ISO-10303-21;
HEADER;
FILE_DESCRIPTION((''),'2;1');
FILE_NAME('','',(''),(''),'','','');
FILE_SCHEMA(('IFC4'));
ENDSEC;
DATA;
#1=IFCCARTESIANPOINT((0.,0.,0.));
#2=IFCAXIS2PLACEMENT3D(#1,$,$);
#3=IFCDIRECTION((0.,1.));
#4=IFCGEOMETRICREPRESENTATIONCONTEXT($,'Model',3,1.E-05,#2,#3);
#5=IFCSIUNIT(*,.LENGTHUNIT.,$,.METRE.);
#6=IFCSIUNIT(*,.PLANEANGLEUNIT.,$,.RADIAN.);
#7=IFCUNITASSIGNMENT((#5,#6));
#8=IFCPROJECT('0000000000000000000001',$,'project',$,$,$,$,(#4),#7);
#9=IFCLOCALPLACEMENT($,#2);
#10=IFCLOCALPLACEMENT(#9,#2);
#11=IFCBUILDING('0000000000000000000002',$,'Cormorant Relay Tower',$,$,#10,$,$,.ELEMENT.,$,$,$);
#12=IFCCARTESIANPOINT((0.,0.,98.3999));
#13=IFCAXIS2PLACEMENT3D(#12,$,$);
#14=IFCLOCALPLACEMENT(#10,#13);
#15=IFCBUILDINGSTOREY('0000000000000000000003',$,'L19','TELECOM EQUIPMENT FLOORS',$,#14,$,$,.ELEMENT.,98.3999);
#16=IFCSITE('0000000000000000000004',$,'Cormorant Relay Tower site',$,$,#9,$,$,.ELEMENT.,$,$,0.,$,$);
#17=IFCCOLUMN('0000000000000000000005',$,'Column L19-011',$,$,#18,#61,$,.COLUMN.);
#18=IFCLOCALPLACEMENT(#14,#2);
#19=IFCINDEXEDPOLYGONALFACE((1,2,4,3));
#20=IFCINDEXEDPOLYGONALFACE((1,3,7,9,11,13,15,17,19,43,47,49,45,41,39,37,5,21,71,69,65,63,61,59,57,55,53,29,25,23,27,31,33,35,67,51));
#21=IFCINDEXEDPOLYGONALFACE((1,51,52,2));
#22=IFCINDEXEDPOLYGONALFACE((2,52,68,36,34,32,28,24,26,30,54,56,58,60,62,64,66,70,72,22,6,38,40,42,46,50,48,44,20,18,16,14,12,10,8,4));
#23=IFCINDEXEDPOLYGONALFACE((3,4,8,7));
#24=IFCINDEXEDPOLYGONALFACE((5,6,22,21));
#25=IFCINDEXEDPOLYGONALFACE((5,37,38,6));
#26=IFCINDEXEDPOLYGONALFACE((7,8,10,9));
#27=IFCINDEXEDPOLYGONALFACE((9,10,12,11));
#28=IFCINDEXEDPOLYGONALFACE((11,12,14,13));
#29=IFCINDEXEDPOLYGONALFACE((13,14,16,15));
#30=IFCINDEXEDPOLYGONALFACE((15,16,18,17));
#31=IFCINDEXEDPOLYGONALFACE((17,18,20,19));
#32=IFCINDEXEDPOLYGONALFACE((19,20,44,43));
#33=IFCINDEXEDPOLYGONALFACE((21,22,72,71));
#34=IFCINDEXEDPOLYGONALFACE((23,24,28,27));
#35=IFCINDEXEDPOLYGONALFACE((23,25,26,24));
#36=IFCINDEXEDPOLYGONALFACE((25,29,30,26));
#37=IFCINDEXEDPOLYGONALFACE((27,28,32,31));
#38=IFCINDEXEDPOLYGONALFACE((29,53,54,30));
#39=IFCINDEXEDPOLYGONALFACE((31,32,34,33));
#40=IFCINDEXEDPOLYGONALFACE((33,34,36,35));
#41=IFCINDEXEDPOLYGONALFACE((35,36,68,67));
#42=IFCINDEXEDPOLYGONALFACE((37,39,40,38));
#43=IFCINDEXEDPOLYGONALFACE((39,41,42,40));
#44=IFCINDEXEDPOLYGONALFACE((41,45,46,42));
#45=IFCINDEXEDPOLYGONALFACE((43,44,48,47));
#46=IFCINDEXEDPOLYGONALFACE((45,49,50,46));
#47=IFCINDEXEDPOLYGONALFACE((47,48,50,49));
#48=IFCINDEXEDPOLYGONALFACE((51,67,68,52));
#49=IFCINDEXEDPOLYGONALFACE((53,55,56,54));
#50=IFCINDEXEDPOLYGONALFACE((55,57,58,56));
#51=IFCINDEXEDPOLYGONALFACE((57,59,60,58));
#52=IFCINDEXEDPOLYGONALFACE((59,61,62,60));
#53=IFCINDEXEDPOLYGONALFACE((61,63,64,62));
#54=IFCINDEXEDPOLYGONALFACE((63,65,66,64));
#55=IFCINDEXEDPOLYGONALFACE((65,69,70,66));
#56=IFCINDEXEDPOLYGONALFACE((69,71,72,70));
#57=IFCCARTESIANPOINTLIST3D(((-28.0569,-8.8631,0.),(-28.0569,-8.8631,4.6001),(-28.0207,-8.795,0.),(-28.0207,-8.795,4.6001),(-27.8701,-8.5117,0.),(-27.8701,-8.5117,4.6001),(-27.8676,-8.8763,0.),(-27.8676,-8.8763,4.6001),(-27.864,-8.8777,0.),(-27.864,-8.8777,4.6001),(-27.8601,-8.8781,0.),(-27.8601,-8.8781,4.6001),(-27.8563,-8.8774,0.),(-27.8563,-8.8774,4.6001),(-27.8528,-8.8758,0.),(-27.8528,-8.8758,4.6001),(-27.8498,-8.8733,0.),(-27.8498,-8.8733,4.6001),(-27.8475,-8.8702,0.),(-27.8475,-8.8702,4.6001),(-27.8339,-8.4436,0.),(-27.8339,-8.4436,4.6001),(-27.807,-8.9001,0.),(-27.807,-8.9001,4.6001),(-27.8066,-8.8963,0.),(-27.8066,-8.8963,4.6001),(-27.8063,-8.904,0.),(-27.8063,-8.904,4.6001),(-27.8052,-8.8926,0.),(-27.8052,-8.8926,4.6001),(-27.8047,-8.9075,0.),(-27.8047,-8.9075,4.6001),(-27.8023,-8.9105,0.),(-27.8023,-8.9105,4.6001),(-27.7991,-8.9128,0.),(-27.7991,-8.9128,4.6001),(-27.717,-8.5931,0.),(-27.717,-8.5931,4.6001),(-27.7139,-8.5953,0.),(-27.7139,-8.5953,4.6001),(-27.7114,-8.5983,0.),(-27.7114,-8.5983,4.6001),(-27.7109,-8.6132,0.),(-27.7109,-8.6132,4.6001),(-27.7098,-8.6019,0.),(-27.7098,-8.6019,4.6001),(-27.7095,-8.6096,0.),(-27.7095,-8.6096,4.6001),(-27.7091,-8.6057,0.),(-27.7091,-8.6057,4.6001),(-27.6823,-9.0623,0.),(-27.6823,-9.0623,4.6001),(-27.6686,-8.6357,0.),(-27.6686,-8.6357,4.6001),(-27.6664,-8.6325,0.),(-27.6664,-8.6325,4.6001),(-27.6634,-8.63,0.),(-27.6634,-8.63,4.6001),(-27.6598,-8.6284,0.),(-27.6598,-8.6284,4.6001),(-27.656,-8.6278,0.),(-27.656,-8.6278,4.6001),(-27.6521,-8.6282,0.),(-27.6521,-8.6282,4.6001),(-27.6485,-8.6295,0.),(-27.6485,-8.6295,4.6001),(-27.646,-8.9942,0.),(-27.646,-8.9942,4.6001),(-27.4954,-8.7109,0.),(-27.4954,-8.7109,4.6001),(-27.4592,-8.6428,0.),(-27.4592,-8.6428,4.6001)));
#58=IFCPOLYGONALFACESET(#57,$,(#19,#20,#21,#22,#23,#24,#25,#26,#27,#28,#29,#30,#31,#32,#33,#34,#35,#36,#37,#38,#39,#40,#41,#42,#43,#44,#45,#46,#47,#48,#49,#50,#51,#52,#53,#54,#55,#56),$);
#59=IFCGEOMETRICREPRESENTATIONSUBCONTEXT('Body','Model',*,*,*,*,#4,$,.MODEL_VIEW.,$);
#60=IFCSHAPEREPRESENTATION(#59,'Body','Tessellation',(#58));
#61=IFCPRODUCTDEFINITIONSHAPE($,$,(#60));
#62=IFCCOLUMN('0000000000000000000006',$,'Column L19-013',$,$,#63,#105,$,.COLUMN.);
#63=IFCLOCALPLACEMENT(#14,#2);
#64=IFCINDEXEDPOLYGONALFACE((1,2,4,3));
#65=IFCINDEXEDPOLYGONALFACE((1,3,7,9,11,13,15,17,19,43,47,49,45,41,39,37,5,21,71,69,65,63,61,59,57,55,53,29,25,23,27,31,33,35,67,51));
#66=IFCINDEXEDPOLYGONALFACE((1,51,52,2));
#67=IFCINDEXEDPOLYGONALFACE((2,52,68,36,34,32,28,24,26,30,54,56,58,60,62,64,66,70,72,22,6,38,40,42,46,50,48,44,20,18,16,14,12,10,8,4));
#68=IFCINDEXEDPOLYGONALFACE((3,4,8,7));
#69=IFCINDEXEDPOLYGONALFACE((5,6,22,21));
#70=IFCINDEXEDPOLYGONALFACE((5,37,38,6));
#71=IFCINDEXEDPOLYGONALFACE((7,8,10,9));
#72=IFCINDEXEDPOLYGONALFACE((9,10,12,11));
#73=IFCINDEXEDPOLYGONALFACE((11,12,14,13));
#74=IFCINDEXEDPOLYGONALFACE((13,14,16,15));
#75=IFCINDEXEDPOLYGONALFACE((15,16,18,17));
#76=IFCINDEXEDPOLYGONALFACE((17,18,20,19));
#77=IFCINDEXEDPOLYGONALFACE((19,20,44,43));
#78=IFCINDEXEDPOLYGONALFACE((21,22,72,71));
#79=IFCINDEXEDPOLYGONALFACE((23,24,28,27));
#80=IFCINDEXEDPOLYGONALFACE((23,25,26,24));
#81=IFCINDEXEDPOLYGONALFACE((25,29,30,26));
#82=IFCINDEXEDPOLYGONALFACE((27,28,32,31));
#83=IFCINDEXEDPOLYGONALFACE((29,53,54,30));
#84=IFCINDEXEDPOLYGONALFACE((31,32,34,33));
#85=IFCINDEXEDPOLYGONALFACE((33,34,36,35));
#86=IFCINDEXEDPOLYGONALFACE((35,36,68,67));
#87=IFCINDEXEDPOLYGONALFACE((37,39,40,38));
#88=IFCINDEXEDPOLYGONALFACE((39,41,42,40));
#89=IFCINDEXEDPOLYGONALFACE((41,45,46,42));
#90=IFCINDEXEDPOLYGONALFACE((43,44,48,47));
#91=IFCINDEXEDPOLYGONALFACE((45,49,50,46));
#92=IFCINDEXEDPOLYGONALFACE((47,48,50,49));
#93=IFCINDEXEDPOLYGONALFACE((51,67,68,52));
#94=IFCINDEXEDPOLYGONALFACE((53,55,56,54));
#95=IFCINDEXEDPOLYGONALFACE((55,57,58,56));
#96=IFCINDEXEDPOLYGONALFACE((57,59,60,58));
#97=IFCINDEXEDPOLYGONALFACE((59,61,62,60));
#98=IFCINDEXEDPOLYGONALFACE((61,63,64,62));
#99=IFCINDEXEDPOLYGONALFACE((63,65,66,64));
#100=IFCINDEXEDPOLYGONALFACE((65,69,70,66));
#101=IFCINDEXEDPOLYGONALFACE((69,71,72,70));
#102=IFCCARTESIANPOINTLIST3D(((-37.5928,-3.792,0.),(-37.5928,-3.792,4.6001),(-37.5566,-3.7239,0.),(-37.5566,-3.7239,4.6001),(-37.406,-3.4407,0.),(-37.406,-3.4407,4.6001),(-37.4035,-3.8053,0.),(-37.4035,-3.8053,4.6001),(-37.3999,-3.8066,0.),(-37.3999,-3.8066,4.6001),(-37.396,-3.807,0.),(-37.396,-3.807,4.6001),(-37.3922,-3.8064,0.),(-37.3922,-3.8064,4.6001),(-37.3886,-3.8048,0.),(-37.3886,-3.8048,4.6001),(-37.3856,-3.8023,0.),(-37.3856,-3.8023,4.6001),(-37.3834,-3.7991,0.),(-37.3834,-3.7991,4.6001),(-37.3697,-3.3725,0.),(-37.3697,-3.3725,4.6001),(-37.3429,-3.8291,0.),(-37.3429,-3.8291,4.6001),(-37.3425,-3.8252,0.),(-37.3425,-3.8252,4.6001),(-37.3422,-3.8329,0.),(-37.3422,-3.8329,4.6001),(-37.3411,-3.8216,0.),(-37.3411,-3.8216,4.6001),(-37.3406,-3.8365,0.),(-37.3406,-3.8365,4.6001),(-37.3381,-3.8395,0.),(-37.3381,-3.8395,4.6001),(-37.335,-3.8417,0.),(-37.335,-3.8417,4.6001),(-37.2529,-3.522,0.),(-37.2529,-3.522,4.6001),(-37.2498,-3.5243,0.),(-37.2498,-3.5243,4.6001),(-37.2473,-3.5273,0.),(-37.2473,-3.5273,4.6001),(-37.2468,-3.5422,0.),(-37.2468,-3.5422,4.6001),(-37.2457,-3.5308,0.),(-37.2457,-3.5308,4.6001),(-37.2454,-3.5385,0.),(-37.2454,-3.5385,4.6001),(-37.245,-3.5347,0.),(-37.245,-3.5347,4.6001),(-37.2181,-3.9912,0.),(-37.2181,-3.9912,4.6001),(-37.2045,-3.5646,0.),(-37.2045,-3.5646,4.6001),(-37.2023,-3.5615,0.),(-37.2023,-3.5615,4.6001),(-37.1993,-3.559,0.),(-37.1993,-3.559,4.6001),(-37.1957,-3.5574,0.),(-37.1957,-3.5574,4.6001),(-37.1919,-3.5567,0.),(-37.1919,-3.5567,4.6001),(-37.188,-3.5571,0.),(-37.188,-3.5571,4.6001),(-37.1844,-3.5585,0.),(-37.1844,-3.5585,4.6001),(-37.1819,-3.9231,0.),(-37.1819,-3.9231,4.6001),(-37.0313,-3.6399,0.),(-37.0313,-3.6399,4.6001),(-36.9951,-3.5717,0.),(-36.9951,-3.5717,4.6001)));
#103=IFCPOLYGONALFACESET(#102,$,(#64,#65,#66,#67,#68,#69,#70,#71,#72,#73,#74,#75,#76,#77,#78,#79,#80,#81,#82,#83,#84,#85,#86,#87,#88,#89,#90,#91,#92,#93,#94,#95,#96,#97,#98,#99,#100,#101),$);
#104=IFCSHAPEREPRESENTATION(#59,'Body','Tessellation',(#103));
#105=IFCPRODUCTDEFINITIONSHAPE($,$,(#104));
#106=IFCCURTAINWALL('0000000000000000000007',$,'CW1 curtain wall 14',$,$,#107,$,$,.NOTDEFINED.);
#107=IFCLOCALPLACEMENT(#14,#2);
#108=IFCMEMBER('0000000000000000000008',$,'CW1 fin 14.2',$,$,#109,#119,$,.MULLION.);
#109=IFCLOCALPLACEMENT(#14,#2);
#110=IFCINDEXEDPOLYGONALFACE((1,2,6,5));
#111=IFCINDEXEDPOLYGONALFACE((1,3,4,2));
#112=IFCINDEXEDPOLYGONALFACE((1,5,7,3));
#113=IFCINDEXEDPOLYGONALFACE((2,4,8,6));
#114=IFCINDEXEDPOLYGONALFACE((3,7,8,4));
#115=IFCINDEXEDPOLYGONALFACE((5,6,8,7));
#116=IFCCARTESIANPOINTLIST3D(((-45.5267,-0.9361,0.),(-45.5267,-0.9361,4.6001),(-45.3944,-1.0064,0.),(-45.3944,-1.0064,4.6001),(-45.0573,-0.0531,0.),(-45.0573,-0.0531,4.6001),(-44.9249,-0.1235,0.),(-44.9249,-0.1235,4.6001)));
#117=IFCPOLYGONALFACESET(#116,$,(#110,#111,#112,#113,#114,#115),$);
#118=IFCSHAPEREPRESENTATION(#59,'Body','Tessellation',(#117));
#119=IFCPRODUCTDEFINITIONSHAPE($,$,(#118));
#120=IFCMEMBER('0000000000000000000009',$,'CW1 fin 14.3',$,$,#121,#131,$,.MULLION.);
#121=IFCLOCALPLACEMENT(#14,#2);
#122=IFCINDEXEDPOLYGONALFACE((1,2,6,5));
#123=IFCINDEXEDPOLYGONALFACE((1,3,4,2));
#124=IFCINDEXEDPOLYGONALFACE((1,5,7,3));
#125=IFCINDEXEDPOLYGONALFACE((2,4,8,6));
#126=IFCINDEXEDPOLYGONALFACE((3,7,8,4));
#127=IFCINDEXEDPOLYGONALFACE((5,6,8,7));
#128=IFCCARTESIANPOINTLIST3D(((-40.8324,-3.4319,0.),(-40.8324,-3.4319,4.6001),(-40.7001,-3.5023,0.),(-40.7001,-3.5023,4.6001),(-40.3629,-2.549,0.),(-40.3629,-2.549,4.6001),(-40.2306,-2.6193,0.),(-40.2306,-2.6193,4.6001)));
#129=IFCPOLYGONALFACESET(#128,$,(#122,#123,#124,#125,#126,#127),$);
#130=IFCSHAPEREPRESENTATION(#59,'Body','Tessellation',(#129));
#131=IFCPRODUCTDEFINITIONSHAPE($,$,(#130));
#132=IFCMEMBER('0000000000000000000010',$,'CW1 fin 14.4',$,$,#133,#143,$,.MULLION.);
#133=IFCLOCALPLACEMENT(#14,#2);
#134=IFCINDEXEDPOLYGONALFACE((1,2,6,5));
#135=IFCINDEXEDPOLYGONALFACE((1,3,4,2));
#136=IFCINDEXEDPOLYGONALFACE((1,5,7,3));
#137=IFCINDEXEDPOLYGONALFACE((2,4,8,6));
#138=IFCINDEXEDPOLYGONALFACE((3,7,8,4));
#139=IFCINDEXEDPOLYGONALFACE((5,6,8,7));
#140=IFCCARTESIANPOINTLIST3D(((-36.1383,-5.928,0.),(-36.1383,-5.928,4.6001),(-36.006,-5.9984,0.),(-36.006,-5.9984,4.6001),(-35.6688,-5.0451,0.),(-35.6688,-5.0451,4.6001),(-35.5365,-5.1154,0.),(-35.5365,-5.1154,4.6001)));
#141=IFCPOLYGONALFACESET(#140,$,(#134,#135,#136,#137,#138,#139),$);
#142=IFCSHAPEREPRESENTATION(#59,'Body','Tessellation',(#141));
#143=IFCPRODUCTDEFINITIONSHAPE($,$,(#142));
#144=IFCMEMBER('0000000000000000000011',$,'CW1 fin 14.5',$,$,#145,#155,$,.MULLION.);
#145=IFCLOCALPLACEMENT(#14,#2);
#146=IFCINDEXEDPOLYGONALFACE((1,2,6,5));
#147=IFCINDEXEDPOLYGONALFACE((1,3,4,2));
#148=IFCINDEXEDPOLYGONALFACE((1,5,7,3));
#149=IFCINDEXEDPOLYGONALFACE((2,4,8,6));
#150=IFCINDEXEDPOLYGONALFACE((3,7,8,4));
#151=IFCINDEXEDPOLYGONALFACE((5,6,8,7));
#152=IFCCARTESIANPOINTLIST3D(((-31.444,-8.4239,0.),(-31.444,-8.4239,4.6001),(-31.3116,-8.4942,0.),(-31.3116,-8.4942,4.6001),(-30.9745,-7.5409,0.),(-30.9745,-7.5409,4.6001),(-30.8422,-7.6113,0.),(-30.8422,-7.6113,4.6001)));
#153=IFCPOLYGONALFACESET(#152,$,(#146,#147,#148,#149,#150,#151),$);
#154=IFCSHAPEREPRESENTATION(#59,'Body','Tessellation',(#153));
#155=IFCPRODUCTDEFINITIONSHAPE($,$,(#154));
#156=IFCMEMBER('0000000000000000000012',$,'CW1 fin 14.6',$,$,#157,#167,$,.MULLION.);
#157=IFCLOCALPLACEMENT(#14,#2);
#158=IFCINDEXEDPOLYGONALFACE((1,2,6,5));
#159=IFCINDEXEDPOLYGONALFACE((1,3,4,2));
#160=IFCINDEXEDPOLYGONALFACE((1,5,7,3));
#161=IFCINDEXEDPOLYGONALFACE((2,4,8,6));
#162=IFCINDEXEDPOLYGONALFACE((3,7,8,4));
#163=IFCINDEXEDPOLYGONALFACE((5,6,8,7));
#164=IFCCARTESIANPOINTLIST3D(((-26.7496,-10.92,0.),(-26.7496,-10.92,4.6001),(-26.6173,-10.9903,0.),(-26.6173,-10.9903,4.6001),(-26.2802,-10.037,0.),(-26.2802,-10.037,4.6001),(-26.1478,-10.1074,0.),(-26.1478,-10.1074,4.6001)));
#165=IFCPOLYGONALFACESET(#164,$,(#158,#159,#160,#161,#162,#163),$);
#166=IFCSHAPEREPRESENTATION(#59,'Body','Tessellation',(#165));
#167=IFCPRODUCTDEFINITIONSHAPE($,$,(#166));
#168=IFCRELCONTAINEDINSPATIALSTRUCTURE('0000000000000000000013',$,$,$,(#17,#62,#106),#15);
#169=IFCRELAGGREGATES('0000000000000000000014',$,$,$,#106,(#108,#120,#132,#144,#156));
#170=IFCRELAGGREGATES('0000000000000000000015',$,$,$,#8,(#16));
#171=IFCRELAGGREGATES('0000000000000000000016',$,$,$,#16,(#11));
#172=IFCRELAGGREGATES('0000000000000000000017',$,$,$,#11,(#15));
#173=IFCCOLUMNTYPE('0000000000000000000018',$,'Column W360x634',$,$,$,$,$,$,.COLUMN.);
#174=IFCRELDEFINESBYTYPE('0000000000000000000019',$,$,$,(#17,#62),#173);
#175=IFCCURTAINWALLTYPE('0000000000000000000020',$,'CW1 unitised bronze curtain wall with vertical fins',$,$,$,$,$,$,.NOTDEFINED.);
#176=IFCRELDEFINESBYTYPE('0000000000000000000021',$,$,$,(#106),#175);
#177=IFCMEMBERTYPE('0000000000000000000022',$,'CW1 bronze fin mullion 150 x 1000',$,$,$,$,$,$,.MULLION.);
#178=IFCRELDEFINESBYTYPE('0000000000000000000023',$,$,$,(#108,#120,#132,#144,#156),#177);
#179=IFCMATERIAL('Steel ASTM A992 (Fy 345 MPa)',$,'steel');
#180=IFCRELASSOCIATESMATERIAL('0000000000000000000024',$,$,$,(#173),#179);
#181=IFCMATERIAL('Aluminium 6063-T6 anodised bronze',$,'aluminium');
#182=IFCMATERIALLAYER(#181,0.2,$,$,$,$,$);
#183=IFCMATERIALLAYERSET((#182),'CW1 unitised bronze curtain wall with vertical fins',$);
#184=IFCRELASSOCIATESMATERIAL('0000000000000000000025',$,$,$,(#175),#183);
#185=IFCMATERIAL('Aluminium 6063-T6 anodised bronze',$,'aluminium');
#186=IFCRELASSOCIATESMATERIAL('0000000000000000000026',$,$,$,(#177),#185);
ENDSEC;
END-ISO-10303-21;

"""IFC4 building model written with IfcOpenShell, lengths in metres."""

from ifc_helpers import new_model, si_unit, direction, frame, origin, origin_2d, place, context, subcontext, project, spatial, rectangle, i_section, extrude, material, layer, layer_set, material_profile, profile_set, type_object, element, aggregate, save


model = new_model("IFC4")

# Units and contexts
model_context = context("Model", 3, precision=1e-05, world=origin(), true_north=direction((0.0, 1.0)))
body_context = subcontext(model_context, "Body", "Model", "MODEL_VIEW")
ifc_project = project(units=[si_unit("LENGTHUNIT", "METRE"), si_unit("PLANEANGLEUNIT", "RADIAN")], contexts=[model_context])

# Site, building, storey
site_placement = place(None, origin())
site = spatial("IfcSite", under=ifc_project, at=site_placement, Name="Cormorant Relay Tower site", CompositionType="ELEMENT", RefElevation=0.0)
building_placement = place(site_placement, origin())
building = spatial("IfcBuilding", under=site, at=building_placement, Name="Cormorant Relay Tower", CompositionType="ELEMENT")
storey_placement = place(building_placement, frame((0.0, 0.0, 98.3999)))
storey = spatial("IfcBuildingStorey", under=building, at=storey_placement, Name="L19", Description="TELECOM EQUIPMENT FLOORS", CompositionType="ELEMENT", Elevation=98.3999)

# Columns
ifc_material_1 = material(Name="Steel ASTM A992 (Fy 345 MPa)", Category="steel")
ifc_material_profile_1 = material_profile(ifc_material_1, i_section(OverallWidth=0.4243, OverallDepth=0.4751, WebThickness=0.0479, FlangeThickness=0.0771, FilletRadius=0.0149, at=origin_2d()), Name="W360x634")
ifc_profile_set_1 = profile_set([ifc_material_profile_1], Name="Steel ASTM A992 (Fy 345 MPa)")
column_type = type_object("IfcColumnType", Name="Column W360x634", PredefinedType="COLUMN", material=ifc_profile_set_1)
for number, where, z_axis, x_axis, name in (
    (1, (-27.7581, -8.7529, 0.0), (0.0, 0.0, 1.0), (0.882948, -0.469472, 0.0), "Column L19-011"),
    (2, (-37.2939, -3.6819, 0.0), (0.0, 0.0, 1.0), (0.882948, -0.469472, 0.0), "Column L19-013"),
):
    element("IfcColumn", number, at=place(storey_placement, frame(where, z_axis=z_axis, x_axis=x_axis)), inside=storey, type_object=column_type, Name=name, PredefinedType="COLUMN", context=body_context, shape_type="SweptSolid", body=[
        extrude(i_section(OverallWidth=0.4243, OverallDepth=0.4751, WebThickness=0.0479, FlangeThickness=0.0771, FilletRadius=0.0149, at=origin_2d()), origin(), (0.0, 0.0, 1.0), 4.6001),
    ])

# Curtain wall, members
ifc_material_2 = material(Name="Aluminium 6063-T6 anodised bronze", Category="aluminium")
ifc_layer_1 = layer(ifc_material_2, 0.2)
ifc_layer_set_1 = layer_set([ifc_layer_1], Name="CW1 unitised bronze curtain wall with vertical fins")
curtain_wall_type = type_object("IfcCurtainWallType", Name="CW1 unitised bronze curtain wall with vertical fins", PredefinedType="NOTDEFINED", material=ifc_layer_set_1)
curtain_wall_placement = place(storey_placement, origin())
curtain_wall = element("IfcCurtainWall", 3, at=curtain_wall_placement, inside=storey, type_object=curtain_wall_type, Name="CW1 curtain wall 14", PredefinedType="NOTDEFINED")
ifc_material_3 = material(Name="Aluminium 6063-T6 anodised bronze", Category="aluminium")
ifc_material_profile_2 = material_profile(ifc_material_3, rectangle(XDim=0.1499, YDim=1.0, at=origin_2d()), Name="AL 150x1000")
ifc_profile_set_2 = profile_set([ifc_material_profile_2], Name="Aluminium 6063-T6 anodised bronze")
member_type = type_object("IfcMemberType", Name="CW1 bronze fin mullion 150 x 1000", PredefinedType="MULLION", material=ifc_profile_set_2)
member_1_placement = place(storey_placement, frame((-45.2258, -0.5298, 0.0), z_axis=(0.0, 0.0, 1.0), x_axis=(0.882948, -0.469472, 0.0)))
member_1 = element("IfcMember", 4, at=member_1_placement, type_object=member_type, Name="CW1 fin 14.2", PredefinedType="MULLION", context=body_context, shape_type="SweptSolid", body=[
    extrude(rectangle(XDim=0.1499, YDim=1.0, at=origin_2d()), origin(), (0.0, 0.0, 1.0), 4.6001),
])
member_2_placement = place(storey_placement, frame((-40.5315, -3.0256, 0.0), z_axis=(0.0, 0.0, 1.0), x_axis=(0.882948, -0.469472, 0.0)))
member_2 = element("IfcMember", 5, at=member_2_placement, type_object=member_type, Name="CW1 fin 14.3", PredefinedType="MULLION", context=body_context, shape_type="SweptSolid", body=[
    extrude(rectangle(XDim=0.1499, YDim=1.0, at=origin_2d()), origin(), (0.0, 0.0, 1.0), 4.6001),
])
member_3_placement = place(storey_placement, frame((-35.8374, -5.5217, 0.0), z_axis=(0.0, 0.0, 1.0), x_axis=(0.882948, -0.469472, 0.0)))
member_3 = element("IfcMember", 6, at=member_3_placement, type_object=member_type, Name="CW1 fin 14.4", PredefinedType="MULLION", context=body_context, shape_type="SweptSolid", body=[
    extrude(rectangle(XDim=0.1499, YDim=1.0, at=origin_2d()), origin(), (0.0, 0.0, 1.0), 4.6001),
])
member_4_placement = place(storey_placement, frame((-31.1431, -8.0176, 0.0), z_axis=(0.0, 0.0, 1.0), x_axis=(0.882948, -0.469472, 0.0)))
member_4 = element("IfcMember", 7, at=member_4_placement, type_object=member_type, Name="CW1 fin 14.5", PredefinedType="MULLION", context=body_context, shape_type="SweptSolid", body=[
    extrude(rectangle(XDim=0.1499, YDim=1.0, at=origin_2d()), origin(), (0.0, 0.0, 1.0), 4.6001),
])
member_5_placement = place(storey_placement, frame((-26.4487, -10.5137, 0.0), z_axis=(0.0, 0.0, 1.0), x_axis=(0.882948, -0.469472, 0.0)))
member_5 = element("IfcMember", 8, at=member_5_placement, type_object=member_type, Name="CW1 fin 14.6", PredefinedType="MULLION", context=body_context, shape_type="SweptSolid", body=[
    extrude(rectangle(XDim=0.1499, YDim=1.0, at=origin_2d()), origin(), (0.0, 0.0, 1.0), 4.6001),
])

aggregate(curtain_wall, [member_1, member_2, member_3, member_4, member_5])

save(model, "model.ifc")
